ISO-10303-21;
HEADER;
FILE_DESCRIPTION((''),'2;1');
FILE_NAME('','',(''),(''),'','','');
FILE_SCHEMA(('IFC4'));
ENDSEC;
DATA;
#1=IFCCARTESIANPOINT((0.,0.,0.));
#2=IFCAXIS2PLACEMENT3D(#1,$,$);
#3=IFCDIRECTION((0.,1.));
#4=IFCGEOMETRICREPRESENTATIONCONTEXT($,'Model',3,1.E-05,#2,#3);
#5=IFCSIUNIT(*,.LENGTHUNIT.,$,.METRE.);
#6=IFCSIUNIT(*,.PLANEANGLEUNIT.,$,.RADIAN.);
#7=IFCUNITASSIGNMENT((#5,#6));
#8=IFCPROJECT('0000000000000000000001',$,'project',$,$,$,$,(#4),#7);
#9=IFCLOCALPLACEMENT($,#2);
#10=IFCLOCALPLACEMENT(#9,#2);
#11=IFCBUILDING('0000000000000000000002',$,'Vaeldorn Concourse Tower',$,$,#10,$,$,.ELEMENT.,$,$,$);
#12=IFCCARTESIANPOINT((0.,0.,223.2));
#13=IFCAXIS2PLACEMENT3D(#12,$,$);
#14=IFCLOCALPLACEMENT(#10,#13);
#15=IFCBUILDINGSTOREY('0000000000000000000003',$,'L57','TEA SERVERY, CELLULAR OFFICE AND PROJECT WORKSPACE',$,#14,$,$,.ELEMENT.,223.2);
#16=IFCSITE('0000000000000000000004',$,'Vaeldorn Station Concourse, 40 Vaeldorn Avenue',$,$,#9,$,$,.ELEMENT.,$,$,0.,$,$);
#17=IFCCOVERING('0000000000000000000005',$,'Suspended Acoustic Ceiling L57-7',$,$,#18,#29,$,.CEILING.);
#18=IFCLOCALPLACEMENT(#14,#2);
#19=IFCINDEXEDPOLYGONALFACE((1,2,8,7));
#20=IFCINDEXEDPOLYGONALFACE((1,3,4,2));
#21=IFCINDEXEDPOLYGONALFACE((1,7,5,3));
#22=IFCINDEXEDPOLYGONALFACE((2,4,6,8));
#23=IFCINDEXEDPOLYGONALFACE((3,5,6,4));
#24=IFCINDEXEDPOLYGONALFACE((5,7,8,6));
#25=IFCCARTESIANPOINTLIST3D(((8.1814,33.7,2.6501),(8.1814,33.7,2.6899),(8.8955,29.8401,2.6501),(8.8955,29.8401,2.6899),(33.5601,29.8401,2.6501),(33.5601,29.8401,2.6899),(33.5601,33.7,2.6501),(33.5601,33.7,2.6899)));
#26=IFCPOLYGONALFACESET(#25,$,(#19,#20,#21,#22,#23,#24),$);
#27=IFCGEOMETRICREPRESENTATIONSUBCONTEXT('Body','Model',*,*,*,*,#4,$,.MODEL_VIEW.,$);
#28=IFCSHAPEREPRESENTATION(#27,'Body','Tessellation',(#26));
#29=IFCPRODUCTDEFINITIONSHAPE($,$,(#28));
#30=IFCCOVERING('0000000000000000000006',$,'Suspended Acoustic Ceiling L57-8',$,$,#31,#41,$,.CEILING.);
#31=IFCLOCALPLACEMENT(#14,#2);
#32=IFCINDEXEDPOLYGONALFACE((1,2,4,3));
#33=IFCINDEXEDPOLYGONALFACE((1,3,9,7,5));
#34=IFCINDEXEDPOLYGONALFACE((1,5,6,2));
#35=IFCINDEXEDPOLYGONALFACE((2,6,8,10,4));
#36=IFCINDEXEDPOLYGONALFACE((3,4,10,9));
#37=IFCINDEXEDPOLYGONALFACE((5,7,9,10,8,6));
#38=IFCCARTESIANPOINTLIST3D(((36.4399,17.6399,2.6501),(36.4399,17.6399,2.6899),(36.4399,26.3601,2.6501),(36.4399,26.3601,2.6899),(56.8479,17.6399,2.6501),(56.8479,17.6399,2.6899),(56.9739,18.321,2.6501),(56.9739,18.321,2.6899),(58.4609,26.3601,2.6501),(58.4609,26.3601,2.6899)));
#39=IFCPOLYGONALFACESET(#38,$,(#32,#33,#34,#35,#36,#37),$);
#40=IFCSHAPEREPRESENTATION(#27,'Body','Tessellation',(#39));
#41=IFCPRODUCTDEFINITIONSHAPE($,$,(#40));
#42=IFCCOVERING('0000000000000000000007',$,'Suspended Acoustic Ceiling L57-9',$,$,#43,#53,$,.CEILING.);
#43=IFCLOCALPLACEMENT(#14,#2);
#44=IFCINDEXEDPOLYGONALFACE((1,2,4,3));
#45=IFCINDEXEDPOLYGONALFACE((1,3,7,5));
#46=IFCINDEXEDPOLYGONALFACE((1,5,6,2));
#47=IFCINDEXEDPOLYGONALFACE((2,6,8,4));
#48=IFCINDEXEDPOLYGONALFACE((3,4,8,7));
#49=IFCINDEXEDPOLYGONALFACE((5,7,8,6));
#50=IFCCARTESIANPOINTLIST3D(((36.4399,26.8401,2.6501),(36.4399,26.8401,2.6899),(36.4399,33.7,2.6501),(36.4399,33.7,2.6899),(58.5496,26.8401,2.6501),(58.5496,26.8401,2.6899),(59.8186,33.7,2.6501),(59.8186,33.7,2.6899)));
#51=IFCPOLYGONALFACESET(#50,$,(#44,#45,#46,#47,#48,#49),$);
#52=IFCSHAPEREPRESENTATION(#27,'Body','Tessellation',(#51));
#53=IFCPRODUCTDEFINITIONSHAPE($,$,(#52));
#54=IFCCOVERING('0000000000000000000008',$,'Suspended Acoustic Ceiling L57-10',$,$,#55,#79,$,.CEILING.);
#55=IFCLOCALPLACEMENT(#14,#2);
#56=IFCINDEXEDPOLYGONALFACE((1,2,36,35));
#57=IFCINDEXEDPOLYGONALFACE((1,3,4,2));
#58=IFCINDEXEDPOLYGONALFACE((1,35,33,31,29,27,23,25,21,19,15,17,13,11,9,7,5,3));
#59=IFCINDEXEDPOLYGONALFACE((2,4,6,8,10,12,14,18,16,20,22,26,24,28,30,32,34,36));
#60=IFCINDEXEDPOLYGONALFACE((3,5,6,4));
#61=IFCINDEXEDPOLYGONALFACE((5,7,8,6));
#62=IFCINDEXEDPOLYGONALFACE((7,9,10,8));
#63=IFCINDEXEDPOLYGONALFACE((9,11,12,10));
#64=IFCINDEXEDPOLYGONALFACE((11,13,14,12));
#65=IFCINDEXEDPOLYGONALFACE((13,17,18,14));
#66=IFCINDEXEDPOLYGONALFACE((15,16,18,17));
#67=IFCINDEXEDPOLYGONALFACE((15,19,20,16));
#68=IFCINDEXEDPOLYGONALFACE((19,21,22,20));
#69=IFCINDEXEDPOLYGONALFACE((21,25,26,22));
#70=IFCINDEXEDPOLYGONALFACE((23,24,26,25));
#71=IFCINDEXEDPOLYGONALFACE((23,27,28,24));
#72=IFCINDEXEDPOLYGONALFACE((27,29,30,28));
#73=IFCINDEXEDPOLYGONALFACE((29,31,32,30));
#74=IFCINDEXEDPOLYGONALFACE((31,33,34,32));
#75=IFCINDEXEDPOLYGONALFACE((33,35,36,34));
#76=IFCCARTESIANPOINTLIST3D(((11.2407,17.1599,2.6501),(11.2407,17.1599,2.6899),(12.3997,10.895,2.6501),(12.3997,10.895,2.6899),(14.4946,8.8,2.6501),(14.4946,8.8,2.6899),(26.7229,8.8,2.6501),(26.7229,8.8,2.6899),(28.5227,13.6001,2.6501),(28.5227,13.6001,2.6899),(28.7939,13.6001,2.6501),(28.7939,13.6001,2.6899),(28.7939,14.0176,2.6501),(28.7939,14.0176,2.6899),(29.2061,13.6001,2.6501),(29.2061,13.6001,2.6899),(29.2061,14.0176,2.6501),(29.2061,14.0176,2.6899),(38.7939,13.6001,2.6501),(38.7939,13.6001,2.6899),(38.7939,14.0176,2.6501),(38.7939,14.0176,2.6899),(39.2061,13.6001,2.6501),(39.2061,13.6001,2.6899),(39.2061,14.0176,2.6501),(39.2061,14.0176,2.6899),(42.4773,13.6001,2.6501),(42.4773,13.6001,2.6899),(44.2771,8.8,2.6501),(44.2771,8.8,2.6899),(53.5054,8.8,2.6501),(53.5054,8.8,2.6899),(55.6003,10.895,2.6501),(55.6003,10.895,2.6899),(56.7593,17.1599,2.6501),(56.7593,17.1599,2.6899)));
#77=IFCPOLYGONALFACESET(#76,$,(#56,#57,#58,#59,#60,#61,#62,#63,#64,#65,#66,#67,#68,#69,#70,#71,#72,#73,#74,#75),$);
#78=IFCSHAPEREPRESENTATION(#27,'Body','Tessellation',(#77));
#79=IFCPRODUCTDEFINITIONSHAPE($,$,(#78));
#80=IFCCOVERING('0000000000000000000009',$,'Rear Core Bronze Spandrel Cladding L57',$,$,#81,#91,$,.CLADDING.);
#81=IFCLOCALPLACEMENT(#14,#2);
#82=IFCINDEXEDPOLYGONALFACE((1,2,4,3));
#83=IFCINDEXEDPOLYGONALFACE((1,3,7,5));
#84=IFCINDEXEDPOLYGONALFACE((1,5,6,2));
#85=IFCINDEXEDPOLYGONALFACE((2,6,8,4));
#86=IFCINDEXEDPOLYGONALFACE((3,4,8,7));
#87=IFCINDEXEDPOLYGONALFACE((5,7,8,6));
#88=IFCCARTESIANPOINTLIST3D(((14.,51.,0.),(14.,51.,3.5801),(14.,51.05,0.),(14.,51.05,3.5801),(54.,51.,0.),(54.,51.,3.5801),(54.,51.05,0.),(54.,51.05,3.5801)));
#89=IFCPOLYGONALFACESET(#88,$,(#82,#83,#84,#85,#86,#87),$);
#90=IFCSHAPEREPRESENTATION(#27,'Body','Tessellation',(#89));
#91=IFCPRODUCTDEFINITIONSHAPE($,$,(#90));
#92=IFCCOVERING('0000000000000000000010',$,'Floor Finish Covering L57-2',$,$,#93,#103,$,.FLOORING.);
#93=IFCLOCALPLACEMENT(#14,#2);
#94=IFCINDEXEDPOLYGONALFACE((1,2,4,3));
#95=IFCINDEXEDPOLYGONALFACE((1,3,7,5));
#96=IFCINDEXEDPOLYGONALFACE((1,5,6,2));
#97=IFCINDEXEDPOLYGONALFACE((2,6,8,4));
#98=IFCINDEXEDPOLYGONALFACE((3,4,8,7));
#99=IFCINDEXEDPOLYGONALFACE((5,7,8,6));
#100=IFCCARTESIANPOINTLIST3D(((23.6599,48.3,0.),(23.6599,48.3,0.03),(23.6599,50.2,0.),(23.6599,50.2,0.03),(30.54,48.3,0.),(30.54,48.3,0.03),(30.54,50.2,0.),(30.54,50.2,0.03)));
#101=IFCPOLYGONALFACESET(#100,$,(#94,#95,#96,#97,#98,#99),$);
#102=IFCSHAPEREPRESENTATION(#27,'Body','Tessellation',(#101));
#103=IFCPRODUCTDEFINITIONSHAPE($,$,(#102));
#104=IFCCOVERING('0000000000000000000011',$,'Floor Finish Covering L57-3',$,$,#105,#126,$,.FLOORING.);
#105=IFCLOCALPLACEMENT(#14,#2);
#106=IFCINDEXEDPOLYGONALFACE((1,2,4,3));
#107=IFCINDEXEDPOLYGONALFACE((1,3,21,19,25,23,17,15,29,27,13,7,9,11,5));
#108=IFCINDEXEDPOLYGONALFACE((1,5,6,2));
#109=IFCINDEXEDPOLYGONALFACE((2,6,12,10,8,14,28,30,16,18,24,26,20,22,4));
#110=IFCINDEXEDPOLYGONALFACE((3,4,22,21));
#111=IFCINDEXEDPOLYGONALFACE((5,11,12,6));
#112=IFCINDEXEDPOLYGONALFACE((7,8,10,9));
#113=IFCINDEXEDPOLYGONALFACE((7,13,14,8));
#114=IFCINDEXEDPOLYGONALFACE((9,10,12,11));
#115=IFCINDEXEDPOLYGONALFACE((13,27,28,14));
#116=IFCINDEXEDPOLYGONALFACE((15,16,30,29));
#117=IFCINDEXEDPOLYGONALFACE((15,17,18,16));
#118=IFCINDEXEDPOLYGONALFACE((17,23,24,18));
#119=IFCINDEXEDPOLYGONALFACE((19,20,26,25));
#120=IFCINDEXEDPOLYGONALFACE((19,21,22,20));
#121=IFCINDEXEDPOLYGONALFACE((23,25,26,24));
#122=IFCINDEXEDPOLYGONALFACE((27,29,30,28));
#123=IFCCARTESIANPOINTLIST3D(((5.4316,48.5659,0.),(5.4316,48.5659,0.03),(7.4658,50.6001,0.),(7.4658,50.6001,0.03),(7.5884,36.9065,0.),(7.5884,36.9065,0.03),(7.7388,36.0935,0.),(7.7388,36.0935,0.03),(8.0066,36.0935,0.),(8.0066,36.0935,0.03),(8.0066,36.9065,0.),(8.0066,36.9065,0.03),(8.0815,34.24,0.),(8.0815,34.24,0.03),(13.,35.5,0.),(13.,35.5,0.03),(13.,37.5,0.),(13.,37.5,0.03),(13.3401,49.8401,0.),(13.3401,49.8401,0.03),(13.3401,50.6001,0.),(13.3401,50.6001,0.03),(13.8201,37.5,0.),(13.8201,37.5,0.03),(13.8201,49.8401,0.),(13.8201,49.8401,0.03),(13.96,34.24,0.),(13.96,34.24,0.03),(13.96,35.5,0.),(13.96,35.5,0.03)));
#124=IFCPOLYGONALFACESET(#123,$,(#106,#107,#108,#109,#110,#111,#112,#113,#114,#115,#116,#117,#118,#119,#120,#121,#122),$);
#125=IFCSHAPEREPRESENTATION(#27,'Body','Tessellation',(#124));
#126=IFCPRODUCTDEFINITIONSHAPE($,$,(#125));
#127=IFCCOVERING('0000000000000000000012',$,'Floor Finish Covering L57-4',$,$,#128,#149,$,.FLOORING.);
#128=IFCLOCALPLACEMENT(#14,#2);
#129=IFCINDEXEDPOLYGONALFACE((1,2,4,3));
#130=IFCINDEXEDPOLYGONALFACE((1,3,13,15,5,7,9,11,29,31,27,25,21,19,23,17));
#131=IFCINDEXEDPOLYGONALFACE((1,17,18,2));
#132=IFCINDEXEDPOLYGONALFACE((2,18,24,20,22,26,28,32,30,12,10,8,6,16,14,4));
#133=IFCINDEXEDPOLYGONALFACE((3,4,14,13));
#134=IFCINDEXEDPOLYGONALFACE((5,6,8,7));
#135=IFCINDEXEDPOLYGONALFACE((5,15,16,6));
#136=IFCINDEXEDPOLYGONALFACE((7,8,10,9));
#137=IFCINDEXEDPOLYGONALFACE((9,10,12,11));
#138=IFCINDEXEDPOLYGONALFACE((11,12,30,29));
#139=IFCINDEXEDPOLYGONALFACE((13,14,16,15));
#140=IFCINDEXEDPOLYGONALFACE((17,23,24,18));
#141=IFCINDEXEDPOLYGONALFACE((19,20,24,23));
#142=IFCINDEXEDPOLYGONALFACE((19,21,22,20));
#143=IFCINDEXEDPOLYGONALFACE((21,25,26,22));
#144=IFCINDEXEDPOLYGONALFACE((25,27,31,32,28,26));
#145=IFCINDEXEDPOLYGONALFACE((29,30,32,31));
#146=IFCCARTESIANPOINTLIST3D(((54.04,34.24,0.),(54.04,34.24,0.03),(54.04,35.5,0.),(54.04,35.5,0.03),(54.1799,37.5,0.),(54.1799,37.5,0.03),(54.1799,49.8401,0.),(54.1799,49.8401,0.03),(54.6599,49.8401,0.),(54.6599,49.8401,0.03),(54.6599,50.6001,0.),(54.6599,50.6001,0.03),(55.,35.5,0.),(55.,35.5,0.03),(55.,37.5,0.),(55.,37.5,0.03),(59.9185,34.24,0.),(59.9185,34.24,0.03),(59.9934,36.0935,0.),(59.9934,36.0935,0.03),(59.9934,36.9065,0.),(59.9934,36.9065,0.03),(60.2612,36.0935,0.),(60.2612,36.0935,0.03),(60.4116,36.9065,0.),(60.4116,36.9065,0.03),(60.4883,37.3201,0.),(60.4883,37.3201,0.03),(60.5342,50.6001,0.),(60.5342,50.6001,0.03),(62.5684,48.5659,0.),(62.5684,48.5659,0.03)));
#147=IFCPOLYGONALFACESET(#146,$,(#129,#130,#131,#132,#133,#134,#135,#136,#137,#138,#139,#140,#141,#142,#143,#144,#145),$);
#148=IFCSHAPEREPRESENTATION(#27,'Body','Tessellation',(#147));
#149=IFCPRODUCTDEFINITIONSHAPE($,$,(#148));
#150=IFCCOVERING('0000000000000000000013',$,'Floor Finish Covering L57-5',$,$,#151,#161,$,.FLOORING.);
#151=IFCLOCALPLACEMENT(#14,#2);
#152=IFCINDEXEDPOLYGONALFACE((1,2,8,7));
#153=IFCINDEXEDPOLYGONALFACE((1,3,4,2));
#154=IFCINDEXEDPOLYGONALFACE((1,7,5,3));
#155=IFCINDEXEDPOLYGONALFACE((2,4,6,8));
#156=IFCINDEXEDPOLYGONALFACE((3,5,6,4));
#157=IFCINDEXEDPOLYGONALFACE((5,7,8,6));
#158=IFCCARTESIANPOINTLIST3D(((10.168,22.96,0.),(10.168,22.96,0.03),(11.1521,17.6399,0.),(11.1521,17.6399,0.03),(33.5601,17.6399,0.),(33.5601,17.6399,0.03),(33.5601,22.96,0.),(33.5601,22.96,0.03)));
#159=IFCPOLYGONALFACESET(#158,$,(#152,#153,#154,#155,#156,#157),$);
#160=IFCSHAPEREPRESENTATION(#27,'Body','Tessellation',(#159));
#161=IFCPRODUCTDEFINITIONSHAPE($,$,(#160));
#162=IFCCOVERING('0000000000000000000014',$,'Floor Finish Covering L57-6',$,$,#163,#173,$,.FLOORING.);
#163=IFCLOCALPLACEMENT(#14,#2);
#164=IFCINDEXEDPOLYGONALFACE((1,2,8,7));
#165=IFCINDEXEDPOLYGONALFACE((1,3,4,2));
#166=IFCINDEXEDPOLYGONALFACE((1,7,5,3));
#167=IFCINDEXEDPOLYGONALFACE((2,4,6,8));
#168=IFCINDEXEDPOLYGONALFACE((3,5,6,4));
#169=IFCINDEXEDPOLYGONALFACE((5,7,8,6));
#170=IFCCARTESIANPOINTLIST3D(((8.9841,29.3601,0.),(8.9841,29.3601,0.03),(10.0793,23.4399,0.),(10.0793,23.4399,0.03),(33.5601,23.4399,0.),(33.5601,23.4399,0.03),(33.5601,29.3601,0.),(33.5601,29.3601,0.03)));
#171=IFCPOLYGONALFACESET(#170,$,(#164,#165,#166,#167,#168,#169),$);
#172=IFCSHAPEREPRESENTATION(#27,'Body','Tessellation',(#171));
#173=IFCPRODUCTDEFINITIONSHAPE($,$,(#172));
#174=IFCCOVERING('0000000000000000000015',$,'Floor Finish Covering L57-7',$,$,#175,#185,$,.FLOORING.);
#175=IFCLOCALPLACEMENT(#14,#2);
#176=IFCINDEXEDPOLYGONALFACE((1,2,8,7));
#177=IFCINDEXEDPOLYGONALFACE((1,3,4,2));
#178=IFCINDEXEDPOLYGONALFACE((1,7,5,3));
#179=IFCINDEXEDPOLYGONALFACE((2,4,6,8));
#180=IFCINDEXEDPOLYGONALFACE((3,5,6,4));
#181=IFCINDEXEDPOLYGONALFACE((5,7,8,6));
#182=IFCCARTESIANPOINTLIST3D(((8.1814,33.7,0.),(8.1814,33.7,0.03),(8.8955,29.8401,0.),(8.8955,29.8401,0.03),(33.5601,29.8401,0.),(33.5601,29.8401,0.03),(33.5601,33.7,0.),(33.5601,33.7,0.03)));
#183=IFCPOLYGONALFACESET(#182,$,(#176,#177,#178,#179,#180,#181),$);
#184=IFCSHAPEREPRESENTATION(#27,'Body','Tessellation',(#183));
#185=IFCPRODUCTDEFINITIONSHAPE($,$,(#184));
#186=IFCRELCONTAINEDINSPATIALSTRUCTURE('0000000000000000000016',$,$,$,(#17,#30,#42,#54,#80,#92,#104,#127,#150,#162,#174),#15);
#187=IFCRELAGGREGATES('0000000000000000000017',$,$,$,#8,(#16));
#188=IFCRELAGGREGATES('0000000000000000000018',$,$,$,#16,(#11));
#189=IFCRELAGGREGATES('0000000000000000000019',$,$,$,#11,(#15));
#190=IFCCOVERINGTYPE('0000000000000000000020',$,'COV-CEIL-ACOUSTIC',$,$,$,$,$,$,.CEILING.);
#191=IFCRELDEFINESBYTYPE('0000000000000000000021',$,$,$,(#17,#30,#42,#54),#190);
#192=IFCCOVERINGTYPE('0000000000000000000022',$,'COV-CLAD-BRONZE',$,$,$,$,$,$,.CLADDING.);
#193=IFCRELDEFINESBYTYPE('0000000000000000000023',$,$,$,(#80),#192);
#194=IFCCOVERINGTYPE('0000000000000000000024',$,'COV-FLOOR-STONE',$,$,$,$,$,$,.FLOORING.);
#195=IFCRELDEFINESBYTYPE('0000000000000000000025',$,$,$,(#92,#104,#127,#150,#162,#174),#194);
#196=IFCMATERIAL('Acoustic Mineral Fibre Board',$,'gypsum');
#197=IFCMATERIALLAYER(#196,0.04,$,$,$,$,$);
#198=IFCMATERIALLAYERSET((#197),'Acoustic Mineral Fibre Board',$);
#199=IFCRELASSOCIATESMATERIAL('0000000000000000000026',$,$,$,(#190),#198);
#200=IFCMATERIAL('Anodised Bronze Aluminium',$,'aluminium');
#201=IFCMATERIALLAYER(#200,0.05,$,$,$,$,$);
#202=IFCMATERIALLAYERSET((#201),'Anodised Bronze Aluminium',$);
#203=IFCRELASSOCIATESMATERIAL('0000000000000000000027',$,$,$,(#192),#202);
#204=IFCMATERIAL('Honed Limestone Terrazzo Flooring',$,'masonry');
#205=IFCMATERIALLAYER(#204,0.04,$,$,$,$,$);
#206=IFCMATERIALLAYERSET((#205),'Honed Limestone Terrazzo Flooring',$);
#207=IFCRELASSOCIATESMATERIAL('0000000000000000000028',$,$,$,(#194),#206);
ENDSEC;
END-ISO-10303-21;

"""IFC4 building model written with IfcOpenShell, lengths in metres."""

from ifc_helpers import new_model, si_unit, direction, frame, origin, place, context, subcontext, project, spatial, polyline, outline, extrude, material, layer, layer_set, type_object, element, save


model = new_model("IFC4")

# Units and contexts
model_context = context("Model", 3, precision=1e-05, world=origin(), true_north=direction((0.0, 1.0)))
body_context = subcontext(model_context, "Body", "Model", "MODEL_VIEW")
ifc_project = project(units=[si_unit("LENGTHUNIT", "METRE"), si_unit("PLANEANGLEUNIT", "RADIAN")], contexts=[model_context])

# Site, building, storey
site_placement = place(None, origin())
site = spatial("IfcSite", under=ifc_project, at=site_placement, Name="Vaeldorn Station Concourse, 40 Vaeldorn Avenue", CompositionType="ELEMENT", RefElevation=0.0)
building_placement = place(site_placement, origin())
building = spatial("IfcBuilding", under=site, at=building_placement, Name="Vaeldorn Concourse Tower", CompositionType="ELEMENT")
storey_placement = place(building_placement, frame((0.0, 0.0, 223.2)))
storey = spatial("IfcBuildingStorey", under=building, at=storey_placement, Name="L57", Description="TEA SERVERY, CELLULAR OFFICE AND PROJECT WORKSPACE", CompositionType="ELEMENT", Elevation=223.2)

# Coverings
ifc_material_1 = material(Name="Acoustic Mineral Fibre Board", Category="gypsum")
ifc_layer_1 = layer(ifc_material_1, 0.04)
ifc_layer_set_1 = layer_set([ifc_layer_1], Name="Acoustic Mineral Fibre Board")
covering_type_1 = type_object("IfcCoveringType", Name="COV-CEIL-ACOUSTIC", PredefinedType="CEILING", material=ifc_layer_set_1)
covering_1_placement = place(storey_placement, frame((0.0, 0.0, 2.6501)))
element("IfcCovering", 1, at=covering_1_placement, inside=storey, type_object=covering_type_1, Name="Suspended Acoustic Ceiling L57-7", PredefinedType="CEILING", context=body_context, shape_type="SweptSolid", body=[
    extrude(outline(polyline([(33.5601, 33.7), (33.5601, 29.8401), (8.8955, 29.8401), (8.1814, 33.7), (33.5601, 33.7)])), origin(), (0.0, 0.0, 1.0), 0.0398),
])
covering_2_placement = place(storey_placement, frame((0.0, 0.0, 2.6501)))
element("IfcCovering", 2, at=covering_2_placement, inside=storey, type_object=covering_type_1, Name="Suspended Acoustic Ceiling L57-8", PredefinedType="CEILING", context=body_context, shape_type="SweptSolid", body=[
    extrude(outline(polyline([(36.4399, 26.3601), (58.4609, 26.3601), (56.9739, 18.321), (56.8479, 17.6399), (36.4399, 17.6399), (36.4399, 26.3601)])), origin(), (0.0, 0.0, 1.0), 0.0398),
])
covering_3_placement = place(storey_placement, frame((0.0, 0.0, 2.6501)))
element("IfcCovering", 3, at=covering_3_placement, inside=storey, type_object=covering_type_1, Name="Suspended Acoustic Ceiling L57-9", PredefinedType="CEILING", context=body_context, shape_type="SweptSolid", body=[
    extrude(outline(polyline([(36.4399, 26.8401), (36.4399, 33.7), (59.8186, 33.7), (58.5496, 26.8401), (36.4399, 26.8401)])), origin(), (0.0, 0.0, 1.0), 0.0398),
])
covering_4_placement = place(storey_placement, frame((0.0, 0.0, 2.6501)))
element("IfcCovering", 4, at=covering_4_placement, inside=storey, type_object=covering_type_1, Name="Suspended Acoustic Ceiling L57-10", PredefinedType="CEILING", context=body_context, shape_type="SweptSolid", body=[
    extrude(outline(polyline([(56.7593, 17.1599), (55.6003, 10.895), (53.5054, 8.8), (44.2771, 8.8), (42.4773, 13.6001), (39.2061, 13.6001), (39.2061, 14.0176), (38.7939, 14.0176), (38.7939, 13.6001), (29.2061, 13.6001), (29.2061, 14.0176), (28.7939, 14.0176), (28.7939, 13.6001), (28.5227, 13.6001), (26.7229, 8.8), (14.4946, 8.8), (12.3997, 10.895), (11.2407, 17.1599), (56.7593, 17.1599)])), origin(), (0.0, 0.0, 1.0), 0.0398),
])
ifc_material_2 = material(Name="Anodised Bronze Aluminium", Category="aluminium")
ifc_layer_2 = layer(ifc_material_2, 0.05)
ifc_layer_set_2 = layer_set([ifc_layer_2], Name="Anodised Bronze Aluminium")
covering_type_2 = type_object("IfcCoveringType", Name="COV-CLAD-BRONZE", PredefinedType="CLADDING", material=ifc_layer_set_2)
covering_5_placement = place(storey_placement, origin())
element("IfcCovering", 5, at=covering_5_placement, inside=storey, type_object=covering_type_2, Name="Rear Core Bronze Spandrel Cladding L57", PredefinedType="CLADDING", context=body_context, shape_type="SweptSolid", body=[
    extrude(outline(polyline([(14.0, 51.0), (54.0, 51.0), (54.0, 51.05), (14.0, 51.05), (14.0, 51.0)])), origin(), (0.0, 0.0, 1.0), 3.5801),
])
ifc_material_3 = material(Name="Honed Limestone Terrazzo Flooring", Category="masonry")
ifc_layer_3 = layer(ifc_material_3, 0.04)
ifc_layer_set_3 = layer_set([ifc_layer_3], Name="Honed Limestone Terrazzo Flooring")
covering_type_3 = type_object("IfcCoveringType", Name="COV-FLOOR-STONE", PredefinedType="FLOORING", material=ifc_layer_set_3)
covering_6_placement = place(storey_placement, origin())
element("IfcCovering", 6, at=covering_6_placement, inside=storey, type_object=covering_type_3, Name="Floor Finish Covering L57-2", PredefinedType="FLOORING", context=body_context, shape_type="SweptSolid", body=[
    extrude(outline(polyline([(30.54, 50.2), (30.54, 48.3), (23.6599, 48.3), (23.6599, 50.2), (30.54, 50.2)])), origin(), (0.0, 0.0, 1.0), 0.03),
])
covering_7_placement = place(storey_placement, origin())
element("IfcCovering", 7, at=covering_7_placement, inside=storey, type_object=covering_type_3, Name="Floor Finish Covering L57-3", PredefinedType="FLOORING", context=body_context, shape_type="SweptSolid", body=[
    extrude(outline(polyline([(7.4658, 50.6001), (13.3401, 50.6001), (13.3401, 49.8401), (13.8201, 49.8401), (13.8201, 37.5), (13.0, 37.5), (13.0, 35.5), (13.96, 35.5), (13.96, 34.24), (8.0815, 34.24), (7.7388, 36.0935), (8.0066, 36.0935), (8.0066, 36.9065), (7.5884, 36.9065), (5.4316, 48.5659), (7.4658, 50.6001)])), origin(), (0.0, 0.0, 1.0), 0.03),
])
covering_8_placement = place(storey_placement, origin())
element("IfcCovering", 8, at=covering_8_placement, inside=storey, type_object=covering_type_3, Name="Floor Finish Covering L57-4", PredefinedType="FLOORING", context=body_context, shape_type="SweptSolid", body=[
    extrude(outline(polyline([(54.1799, 49.8401), (54.6599, 49.8401), (54.6599, 50.6001), (60.5342, 50.6001), (62.5684, 48.5659), (60.4883, 37.3201), (60.4883, 37.3201), (60.4116, 36.9065), (59.9934, 36.9065), (59.9934, 36.0935), (60.2612, 36.0935), (59.9185, 34.24), (54.04, 34.24), (54.04, 35.5), (55.0, 35.5), (55.0, 37.5), (54.1799, 37.5), (54.1799, 49.8401)])), origin(), (0.0, 0.0, 1.0), 0.03),
])
covering_9_placement = place(storey_placement, origin())
element("IfcCovering", 9, at=covering_9_placement, inside=storey, type_object=covering_type_3, Name="Floor Finish Covering L57-5", PredefinedType="FLOORING", context=body_context, shape_type="SweptSolid", body=[
    extrude(outline(polyline([(33.5601, 22.96), (33.5601, 17.6399), (11.1521, 17.6399), (10.168, 22.96), (33.5601, 22.96)])), origin(), (0.0, 0.0, 1.0), 0.03),
])
covering_10_placement = place(storey_placement, origin())
element("IfcCovering", 10, at=covering_10_placement, inside=storey, type_object=covering_type_3, Name="Floor Finish Covering L57-6", PredefinedType="FLOORING", context=body_context, shape_type="SweptSolid", body=[
    extrude(outline(polyline([(33.5601, 29.3601), (33.5601, 23.4399), (10.0793, 23.4399), (8.9841, 29.3601), (33.5601, 29.3601)])), origin(), (0.0, 0.0, 1.0), 0.03),
])
covering_11_placement = place(storey_placement, origin())
element("IfcCovering", 11, at=covering_11_placement, inside=storey, type_object=covering_type_3, Name="Floor Finish Covering L57-7", PredefinedType="FLOORING", context=body_context, shape_type="SweptSolid", body=[
    extrude(outline(polyline([(33.5601, 33.7), (33.5601, 29.8401), (8.8955, 29.8401), (8.1814, 33.7), (33.5601, 33.7)])), origin(), (0.0, 0.0, 1.0), 0.03),
])

save(model, "model.ifc")
